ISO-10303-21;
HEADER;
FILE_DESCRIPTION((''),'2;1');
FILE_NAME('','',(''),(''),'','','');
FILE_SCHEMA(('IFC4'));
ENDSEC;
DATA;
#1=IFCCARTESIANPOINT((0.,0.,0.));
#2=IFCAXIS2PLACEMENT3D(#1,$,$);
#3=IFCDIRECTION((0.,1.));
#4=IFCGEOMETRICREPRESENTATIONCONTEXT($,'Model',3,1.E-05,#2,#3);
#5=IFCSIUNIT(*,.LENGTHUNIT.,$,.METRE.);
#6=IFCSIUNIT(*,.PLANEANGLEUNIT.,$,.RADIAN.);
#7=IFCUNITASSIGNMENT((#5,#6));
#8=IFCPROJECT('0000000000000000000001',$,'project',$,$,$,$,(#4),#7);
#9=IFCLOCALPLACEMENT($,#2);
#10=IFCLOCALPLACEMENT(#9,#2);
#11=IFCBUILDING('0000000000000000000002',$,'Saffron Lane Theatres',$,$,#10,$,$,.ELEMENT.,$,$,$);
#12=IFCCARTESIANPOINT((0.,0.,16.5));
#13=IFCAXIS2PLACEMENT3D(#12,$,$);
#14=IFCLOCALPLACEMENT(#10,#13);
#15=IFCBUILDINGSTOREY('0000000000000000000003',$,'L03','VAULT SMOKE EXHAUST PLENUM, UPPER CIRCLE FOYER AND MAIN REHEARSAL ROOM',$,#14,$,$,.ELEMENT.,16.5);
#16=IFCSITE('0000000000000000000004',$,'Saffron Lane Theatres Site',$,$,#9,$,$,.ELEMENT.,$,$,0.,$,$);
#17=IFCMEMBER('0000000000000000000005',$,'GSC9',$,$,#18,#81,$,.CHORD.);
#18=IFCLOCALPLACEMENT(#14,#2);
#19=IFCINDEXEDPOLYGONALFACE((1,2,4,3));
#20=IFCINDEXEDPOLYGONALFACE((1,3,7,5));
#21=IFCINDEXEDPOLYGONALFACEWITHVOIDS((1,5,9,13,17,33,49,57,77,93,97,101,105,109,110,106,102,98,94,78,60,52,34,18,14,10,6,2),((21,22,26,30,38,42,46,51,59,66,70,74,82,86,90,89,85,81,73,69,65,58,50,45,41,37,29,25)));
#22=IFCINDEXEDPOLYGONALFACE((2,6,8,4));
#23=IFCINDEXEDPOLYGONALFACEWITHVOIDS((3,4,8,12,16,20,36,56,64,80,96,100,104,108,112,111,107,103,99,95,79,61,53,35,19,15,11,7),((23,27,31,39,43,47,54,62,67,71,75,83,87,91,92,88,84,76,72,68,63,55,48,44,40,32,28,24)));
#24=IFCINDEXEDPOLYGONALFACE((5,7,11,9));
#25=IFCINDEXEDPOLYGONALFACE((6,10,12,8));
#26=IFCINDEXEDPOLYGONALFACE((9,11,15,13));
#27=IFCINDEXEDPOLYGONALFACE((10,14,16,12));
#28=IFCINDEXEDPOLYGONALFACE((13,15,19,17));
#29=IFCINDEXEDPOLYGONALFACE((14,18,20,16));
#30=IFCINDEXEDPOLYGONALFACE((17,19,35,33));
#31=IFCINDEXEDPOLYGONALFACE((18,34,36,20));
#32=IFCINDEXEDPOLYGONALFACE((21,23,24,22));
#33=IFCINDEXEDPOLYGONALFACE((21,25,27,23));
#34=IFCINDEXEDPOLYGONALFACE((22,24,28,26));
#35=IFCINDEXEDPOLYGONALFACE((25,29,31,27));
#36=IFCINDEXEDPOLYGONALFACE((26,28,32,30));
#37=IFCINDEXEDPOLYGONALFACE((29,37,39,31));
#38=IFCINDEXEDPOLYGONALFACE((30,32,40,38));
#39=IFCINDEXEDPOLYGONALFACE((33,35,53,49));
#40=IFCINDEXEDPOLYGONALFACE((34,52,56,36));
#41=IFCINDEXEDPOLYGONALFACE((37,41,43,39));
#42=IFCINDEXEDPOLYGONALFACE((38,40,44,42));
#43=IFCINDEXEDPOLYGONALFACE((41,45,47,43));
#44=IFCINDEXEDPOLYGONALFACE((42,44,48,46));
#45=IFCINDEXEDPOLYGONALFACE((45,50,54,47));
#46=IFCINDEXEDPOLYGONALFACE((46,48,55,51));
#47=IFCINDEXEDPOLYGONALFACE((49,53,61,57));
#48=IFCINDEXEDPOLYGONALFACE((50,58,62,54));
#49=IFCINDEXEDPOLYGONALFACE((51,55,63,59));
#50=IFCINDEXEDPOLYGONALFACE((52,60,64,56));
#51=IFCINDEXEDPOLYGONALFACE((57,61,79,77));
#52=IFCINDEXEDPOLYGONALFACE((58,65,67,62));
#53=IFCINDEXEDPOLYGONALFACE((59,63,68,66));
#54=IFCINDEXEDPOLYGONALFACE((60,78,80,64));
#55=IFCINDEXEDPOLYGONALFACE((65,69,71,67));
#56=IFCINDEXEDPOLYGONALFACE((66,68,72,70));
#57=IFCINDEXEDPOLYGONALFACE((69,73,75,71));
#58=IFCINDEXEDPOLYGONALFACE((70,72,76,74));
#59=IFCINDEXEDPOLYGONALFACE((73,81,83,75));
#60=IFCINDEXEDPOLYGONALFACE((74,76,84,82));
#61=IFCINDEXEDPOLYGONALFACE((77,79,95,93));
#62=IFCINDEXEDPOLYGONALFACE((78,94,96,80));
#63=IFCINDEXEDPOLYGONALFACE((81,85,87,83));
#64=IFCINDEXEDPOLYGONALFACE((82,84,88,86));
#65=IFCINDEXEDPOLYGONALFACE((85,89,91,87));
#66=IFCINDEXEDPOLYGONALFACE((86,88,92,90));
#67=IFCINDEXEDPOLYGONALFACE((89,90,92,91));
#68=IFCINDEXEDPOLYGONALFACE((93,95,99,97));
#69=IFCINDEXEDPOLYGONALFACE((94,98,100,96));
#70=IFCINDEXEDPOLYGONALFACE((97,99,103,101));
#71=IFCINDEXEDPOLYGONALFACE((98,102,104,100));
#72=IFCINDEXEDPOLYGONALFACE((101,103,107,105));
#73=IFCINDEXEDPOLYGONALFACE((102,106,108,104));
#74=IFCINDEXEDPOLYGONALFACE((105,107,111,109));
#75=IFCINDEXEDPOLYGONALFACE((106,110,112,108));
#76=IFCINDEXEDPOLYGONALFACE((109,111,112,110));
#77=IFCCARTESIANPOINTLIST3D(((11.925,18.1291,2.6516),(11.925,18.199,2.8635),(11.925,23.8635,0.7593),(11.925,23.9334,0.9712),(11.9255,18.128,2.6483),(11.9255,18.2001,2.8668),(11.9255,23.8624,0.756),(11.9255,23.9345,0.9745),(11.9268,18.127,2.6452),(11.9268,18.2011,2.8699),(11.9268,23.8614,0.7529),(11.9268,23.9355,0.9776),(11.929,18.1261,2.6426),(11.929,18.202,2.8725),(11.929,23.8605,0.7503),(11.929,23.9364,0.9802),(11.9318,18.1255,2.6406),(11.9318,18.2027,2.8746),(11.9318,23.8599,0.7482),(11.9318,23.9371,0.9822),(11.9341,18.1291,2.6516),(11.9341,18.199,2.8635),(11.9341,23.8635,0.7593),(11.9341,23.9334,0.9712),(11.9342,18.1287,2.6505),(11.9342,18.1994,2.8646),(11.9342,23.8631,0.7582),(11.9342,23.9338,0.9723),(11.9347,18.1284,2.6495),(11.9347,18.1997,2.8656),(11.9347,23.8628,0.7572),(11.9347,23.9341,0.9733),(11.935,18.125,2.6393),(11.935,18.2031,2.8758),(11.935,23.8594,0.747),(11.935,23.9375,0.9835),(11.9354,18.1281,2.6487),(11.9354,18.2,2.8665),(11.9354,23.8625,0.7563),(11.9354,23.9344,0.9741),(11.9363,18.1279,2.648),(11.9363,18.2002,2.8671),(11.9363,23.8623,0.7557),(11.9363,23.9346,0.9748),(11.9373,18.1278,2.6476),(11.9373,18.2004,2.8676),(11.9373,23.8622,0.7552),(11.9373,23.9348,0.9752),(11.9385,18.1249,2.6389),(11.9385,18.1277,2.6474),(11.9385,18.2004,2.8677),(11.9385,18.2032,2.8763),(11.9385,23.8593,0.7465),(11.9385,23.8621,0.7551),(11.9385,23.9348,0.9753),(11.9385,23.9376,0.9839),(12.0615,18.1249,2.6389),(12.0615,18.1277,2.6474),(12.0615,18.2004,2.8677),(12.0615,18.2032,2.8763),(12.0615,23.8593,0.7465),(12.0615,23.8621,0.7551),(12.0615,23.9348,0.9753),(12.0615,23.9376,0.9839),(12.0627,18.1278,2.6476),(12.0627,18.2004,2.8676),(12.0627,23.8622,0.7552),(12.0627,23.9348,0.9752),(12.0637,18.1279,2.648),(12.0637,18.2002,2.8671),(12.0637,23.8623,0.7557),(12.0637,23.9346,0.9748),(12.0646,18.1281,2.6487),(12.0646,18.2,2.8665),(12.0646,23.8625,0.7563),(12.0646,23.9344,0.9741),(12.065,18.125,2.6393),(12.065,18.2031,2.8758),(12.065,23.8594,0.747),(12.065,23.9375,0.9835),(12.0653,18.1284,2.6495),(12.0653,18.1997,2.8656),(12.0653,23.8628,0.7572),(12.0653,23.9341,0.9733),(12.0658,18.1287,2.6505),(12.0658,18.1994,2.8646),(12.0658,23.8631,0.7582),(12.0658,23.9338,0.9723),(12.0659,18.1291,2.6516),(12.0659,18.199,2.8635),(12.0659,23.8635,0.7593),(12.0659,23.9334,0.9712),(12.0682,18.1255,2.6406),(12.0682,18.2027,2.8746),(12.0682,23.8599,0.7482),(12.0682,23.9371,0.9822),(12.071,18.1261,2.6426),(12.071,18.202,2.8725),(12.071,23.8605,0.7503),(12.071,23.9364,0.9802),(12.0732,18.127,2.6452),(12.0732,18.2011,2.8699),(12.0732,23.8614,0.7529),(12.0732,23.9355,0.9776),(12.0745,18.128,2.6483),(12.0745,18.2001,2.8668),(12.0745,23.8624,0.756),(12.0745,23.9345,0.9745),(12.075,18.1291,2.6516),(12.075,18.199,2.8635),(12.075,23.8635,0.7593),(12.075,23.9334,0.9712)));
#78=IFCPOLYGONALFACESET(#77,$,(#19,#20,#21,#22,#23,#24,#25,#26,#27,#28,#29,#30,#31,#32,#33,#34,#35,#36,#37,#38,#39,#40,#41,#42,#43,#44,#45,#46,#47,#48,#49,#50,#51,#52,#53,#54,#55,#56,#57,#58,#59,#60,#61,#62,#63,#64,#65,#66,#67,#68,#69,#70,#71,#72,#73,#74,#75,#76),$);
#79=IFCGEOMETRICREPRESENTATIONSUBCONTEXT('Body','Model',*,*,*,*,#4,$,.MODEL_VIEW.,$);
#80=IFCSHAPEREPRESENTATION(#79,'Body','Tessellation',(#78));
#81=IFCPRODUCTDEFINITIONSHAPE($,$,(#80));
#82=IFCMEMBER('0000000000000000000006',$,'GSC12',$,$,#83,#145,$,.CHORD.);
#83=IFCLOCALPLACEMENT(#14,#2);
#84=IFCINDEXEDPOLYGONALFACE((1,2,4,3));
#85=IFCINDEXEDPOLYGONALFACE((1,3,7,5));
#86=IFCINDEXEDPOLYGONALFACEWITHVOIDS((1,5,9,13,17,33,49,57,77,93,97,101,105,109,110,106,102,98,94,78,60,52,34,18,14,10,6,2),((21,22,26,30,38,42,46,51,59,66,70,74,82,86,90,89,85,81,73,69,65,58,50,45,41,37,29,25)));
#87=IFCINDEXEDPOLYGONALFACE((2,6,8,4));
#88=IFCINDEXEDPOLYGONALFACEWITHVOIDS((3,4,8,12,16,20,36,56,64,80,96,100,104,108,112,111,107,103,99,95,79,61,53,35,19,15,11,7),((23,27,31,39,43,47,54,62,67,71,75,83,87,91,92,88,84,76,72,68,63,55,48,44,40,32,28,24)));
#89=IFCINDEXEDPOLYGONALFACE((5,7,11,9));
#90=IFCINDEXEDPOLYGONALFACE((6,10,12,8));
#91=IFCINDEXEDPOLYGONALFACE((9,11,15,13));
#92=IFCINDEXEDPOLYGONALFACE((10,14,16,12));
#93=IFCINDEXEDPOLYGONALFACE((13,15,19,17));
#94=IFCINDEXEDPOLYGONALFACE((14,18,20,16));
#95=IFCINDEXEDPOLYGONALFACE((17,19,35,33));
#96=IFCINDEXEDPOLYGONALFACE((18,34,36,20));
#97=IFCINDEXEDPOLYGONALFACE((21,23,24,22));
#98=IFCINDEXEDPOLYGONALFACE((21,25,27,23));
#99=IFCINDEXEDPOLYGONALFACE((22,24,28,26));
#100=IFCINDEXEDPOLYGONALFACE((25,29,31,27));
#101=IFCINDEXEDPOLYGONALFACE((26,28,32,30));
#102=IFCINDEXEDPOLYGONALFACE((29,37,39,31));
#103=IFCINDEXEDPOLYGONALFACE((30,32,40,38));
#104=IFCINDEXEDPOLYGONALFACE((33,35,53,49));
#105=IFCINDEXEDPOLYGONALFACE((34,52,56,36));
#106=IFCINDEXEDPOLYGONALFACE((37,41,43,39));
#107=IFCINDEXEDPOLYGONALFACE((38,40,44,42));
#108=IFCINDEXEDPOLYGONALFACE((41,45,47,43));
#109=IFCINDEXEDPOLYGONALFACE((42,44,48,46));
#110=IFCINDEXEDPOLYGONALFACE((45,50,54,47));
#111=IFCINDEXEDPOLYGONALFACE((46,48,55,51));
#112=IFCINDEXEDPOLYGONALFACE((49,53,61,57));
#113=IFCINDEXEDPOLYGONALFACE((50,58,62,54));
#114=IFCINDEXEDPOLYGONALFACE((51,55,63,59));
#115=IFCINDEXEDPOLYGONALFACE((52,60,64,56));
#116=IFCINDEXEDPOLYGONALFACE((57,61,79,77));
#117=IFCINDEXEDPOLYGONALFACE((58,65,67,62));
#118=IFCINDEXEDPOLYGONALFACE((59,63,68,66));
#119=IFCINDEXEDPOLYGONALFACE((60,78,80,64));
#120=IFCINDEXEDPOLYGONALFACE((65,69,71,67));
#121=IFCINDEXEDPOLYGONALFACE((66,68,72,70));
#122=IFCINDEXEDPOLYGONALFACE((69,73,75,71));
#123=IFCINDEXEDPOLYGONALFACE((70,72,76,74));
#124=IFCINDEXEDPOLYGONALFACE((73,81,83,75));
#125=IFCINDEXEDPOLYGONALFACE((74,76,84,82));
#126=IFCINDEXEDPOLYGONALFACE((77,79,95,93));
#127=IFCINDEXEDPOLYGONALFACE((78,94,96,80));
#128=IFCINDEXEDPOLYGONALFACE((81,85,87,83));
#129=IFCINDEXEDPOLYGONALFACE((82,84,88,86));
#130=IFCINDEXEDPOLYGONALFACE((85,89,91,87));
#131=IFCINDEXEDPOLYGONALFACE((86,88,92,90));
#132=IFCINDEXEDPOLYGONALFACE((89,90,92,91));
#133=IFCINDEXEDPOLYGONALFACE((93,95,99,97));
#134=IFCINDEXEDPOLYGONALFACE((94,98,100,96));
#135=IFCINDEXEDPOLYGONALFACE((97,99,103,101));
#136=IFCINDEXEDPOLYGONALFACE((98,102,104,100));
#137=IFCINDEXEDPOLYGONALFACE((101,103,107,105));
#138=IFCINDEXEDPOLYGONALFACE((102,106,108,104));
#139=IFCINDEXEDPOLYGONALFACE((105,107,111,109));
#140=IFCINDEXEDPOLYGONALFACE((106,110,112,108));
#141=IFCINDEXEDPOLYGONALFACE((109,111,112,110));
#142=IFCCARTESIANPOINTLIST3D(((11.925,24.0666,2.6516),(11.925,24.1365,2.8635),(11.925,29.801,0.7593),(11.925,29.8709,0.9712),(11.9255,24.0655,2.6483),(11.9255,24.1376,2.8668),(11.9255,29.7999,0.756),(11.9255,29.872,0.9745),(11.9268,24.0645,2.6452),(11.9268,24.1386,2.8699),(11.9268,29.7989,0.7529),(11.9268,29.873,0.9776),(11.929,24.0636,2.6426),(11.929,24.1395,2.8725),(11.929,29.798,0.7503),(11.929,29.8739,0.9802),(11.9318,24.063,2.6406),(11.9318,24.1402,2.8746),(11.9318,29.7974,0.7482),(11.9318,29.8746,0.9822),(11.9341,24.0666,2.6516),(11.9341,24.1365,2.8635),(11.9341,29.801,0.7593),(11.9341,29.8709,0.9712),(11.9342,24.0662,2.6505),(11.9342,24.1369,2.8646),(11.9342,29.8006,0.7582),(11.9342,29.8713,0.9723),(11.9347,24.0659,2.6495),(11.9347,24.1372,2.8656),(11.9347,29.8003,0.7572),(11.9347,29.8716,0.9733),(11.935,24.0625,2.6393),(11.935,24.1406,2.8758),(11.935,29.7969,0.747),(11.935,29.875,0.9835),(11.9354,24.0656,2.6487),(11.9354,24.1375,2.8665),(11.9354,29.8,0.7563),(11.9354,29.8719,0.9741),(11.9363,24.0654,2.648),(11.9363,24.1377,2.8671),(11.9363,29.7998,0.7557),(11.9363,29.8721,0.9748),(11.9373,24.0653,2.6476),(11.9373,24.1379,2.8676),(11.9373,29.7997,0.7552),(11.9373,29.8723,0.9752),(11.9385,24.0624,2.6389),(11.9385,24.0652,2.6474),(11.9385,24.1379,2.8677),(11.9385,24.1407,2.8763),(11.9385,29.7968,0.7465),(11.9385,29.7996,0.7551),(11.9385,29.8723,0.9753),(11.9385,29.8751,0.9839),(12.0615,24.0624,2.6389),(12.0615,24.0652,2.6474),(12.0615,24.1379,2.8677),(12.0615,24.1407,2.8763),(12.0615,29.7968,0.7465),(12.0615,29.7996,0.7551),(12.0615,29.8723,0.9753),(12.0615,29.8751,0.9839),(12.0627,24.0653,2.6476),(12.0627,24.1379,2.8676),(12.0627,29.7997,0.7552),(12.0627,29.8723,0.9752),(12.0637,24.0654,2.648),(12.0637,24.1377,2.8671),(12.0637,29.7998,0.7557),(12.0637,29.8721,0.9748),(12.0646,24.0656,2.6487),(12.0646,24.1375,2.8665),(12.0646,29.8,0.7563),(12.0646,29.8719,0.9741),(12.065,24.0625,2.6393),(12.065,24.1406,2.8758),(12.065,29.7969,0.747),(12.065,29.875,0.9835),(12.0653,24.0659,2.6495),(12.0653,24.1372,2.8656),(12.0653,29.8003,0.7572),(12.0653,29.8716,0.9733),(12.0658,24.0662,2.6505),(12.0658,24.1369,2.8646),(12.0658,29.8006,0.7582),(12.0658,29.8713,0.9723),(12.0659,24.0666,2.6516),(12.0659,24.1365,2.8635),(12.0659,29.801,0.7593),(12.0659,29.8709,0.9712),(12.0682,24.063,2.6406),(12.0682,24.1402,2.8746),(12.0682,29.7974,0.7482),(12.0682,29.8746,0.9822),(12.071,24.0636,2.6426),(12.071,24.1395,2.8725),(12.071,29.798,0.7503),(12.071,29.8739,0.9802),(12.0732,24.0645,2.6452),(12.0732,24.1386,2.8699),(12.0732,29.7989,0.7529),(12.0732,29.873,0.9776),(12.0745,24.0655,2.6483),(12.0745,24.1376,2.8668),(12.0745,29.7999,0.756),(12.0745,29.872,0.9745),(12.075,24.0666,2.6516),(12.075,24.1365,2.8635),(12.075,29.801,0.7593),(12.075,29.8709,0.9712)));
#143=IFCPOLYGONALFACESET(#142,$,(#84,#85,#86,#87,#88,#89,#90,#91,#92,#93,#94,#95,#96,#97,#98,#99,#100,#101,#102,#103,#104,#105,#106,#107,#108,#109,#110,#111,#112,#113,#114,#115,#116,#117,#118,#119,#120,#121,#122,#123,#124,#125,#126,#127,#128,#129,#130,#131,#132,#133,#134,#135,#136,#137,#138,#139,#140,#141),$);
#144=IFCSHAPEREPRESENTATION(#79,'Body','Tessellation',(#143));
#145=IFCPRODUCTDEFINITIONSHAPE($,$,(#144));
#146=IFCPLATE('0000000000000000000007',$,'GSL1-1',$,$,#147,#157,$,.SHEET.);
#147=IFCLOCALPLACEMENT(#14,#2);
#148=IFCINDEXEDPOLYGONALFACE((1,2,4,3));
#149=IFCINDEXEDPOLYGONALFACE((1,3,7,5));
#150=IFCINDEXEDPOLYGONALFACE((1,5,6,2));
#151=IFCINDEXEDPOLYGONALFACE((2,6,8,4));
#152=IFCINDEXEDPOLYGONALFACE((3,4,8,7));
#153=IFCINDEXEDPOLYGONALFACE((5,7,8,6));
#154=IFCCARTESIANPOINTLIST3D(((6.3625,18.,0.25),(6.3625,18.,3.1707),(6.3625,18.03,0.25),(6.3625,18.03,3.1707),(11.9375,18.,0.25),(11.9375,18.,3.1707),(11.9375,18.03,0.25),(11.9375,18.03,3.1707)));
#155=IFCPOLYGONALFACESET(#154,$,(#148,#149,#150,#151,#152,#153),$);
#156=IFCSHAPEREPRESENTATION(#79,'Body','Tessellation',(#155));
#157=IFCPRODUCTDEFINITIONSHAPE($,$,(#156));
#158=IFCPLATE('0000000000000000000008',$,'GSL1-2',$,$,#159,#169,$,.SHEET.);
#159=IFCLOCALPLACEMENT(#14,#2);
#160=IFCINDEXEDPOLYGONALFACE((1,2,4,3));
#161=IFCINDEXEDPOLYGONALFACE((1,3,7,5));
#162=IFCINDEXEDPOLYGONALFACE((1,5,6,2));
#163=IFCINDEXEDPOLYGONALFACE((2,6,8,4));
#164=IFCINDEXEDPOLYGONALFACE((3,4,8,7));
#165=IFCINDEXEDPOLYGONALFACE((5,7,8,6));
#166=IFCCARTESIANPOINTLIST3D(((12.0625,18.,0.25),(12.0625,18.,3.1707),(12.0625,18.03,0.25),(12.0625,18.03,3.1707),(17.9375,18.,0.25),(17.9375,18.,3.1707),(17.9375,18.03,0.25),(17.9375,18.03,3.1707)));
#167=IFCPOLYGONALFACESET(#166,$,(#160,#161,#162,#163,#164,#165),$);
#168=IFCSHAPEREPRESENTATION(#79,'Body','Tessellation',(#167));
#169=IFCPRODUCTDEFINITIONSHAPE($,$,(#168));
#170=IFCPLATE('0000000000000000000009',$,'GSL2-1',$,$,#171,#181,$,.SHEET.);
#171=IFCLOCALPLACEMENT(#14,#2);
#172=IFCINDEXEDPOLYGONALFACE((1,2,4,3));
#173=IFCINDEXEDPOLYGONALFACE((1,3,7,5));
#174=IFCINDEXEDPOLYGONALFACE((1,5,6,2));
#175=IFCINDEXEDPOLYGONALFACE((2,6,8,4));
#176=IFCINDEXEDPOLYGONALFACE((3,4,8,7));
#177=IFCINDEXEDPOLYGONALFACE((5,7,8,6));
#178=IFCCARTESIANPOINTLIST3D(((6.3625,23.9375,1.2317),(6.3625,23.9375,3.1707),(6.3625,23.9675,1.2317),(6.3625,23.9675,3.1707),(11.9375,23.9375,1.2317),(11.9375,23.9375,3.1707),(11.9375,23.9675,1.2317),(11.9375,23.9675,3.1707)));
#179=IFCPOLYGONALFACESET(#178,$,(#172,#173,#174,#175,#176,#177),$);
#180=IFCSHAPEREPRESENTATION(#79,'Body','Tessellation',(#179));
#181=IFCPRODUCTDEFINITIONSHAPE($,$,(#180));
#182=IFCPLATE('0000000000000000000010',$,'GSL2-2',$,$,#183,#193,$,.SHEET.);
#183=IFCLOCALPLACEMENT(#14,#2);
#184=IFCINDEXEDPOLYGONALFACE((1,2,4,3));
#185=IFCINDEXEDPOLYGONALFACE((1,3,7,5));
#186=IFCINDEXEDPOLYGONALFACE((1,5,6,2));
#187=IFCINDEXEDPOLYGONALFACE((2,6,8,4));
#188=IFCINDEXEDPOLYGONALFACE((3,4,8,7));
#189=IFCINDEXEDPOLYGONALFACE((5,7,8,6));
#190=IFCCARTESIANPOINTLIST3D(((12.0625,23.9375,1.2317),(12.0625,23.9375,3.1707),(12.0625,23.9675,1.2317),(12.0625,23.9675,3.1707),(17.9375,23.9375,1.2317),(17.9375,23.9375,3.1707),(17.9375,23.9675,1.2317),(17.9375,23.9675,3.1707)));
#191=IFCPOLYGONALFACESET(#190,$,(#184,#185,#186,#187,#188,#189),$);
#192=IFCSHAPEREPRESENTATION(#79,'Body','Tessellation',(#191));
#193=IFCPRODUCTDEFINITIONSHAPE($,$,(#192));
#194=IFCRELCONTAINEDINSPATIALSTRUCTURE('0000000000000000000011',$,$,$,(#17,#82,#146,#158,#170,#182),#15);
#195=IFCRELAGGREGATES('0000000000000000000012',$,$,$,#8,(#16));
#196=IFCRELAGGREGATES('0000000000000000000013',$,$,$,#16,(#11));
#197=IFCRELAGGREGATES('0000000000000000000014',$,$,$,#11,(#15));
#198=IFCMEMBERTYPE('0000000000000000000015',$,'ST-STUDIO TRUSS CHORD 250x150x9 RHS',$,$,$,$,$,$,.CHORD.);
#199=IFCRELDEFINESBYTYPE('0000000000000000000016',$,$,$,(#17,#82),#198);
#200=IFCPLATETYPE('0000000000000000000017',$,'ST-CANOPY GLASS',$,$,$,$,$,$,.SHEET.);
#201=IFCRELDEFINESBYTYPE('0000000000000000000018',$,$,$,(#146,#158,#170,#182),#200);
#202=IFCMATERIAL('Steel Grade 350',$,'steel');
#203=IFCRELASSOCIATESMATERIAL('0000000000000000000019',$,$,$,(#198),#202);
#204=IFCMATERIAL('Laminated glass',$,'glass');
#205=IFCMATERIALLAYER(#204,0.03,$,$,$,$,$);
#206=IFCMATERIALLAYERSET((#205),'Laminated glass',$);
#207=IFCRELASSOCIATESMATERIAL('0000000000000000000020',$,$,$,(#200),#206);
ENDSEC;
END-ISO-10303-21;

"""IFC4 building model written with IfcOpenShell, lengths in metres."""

from ifc_helpers import new_model, si_unit, direction, frame, origin, origin_2d, place, context, subcontext, project, spatial, polyline, hollow_rectangle, outline, extrude, material, layer, layer_set, material_profile, profile_set, type_object, element, save


model = new_model("IFC4")

# Units and contexts
model_context = context("Model", 3, precision=1e-05, world=origin(), true_north=direction((0.0, 1.0)))
body_context = subcontext(model_context, "Body", "Model", "MODEL_VIEW")
ifc_project = project(units=[si_unit("LENGTHUNIT", "METRE"), si_unit("PLANEANGLEUNIT", "RADIAN")], contexts=[model_context])

# Site, building, storey
site_placement = place(None, origin())
site = spatial("IfcSite", under=ifc_project, at=site_placement, Name="Saffron Lane Theatres Site", CompositionType="ELEMENT", RefElevation=0.0)
building_placement = place(site_placement, origin())
building = spatial("IfcBuilding", under=site, at=building_placement, Name="Saffron Lane Theatres", CompositionType="ELEMENT")
storey_placement = place(building_placement, frame((0.0, 0.0, 16.5)))
storey = spatial("IfcBuildingStorey", under=building, at=storey_placement, Name="L03", Description="VAULT SMOKE EXHAUST PLENUM, UPPER CIRCLE FOYER AND MAIN REHEARSAL ROOM", CompositionType="ELEMENT", Elevation=16.5)

# Members
ifc_material_1 = material(Name="Steel Grade 350", Category="steel")
ifc_material_profile_1 = material_profile(ifc_material_1, hollow_rectangle(XDim=0.1499, YDim=0.25, WallThickness=0.009, InnerFilletRadius=0.0044, OuterFilletRadius=0.0134, at=origin_2d()))
ifc_profile_set_1 = profile_set([ifc_material_profile_1], Name="Steel Grade 350")
member_type_1 = type_object("IfcMemberType", Name="ST-STUDIO TRUSS CHORD 250x150x9 RHS", PredefinedType="CHORD", material=ifc_profile_set_1)
for number, where, z_axis, x_axis, name in (
    (1, (12.0, 18.1641, 2.7576), (0.0, 0.949629, -0.313376), (-1.0, 0.0, 0.0), "GSC9"),
    (2, (12.0, 24.1016, 2.7576), (0.0, 0.949629, -0.313376), (-1.0, 0.0, 0.0), "GSC12"),
):
    element("IfcMember", number, at=place(storey_placement, frame(where, z_axis=z_axis, x_axis=x_axis)), inside=storey, type_object=member_type_1, Name=name, PredefinedType="CHORD", context=body_context, shape_type="SweptSolid", body=[
        extrude(hollow_rectangle(XDim=0.1499, YDim=0.25, WallThickness=0.009, InnerFilletRadius=0.0044, OuterFilletRadius=0.0134, at=origin_2d()), origin(), (0.0, 0.0, 1.0), 6.0386),
    ])

# Plates
ifc_material_2 = material(Name="Laminated glass", Category="glass")
ifc_layer_1 = layer(ifc_material_2, 0.03)
ifc_layer_set_1 = layer_set([ifc_layer_1], Name="Laminated glass")
plate_type = type_object("IfcPlateType", Name="ST-CANOPY GLASS", PredefinedType="SHEET", material=ifc_layer_set_1)
plate_1_placement = place(storey_placement, frame((11.9375, 18.0, 0.25), z_axis=(0.0, -1.0, 0.0), x_axis=(0.0, 0.0, 1.0)))
element("IfcPlate", 3, at=plate_1_placement, inside=storey, type_object=plate_type, Name="GSL1-1", PredefinedType="SHEET", context=body_context, shape_type="SweptSolid", body=[
    extrude(outline(polyline([(0.0, 0.0), (2.9207, 0.0), (2.9207, 5.575), (0.0, 5.575), (0.0, 0.0)])), origin(), (0.0, 0.0, -1.0), 0.03),
])
plate_2_placement = place(storey_placement, frame((17.9375, 18.0, 0.25), z_axis=(0.0, -1.0, 0.0), x_axis=(0.0, 0.0, 1.0)))
element("IfcPlate", 4, at=plate_2_placement, inside=storey, type_object=plate_type, Name="GSL1-2", PredefinedType="SHEET", context=body_context, shape_type="SweptSolid", body=[
    extrude(outline(polyline([(0.0, 0.0), (2.9207, 0.0), (2.9207, 5.875), (0.0, 5.875), (0.0, 0.0)])), origin(), (0.0, 0.0, -1.0), 0.03),
])
plate_3_placement = place(storey_placement, frame((11.9375, 23.9375, 1.2317), z_axis=(0.0, -1.0, 0.0), x_axis=(0.0, 0.0, 1.0)))
element("IfcPlate", 5, at=plate_3_placement, inside=storey, type_object=plate_type, Name="GSL2-1", PredefinedType="SHEET", context=body_context, shape_type="SweptSolid", body=[
    extrude(outline(polyline([(0.0, 0.0), (1.939, 0.0), (1.939, 5.575), (0.0, 5.575), (0.0, 0.0)])), origin(), (0.0, 0.0, -1.0), 0.03),
])
plate_4_placement = place(storey_placement, frame((17.9375, 23.9375, 1.2317), z_axis=(0.0, -1.0, 0.0), x_axis=(0.0, 0.0, 1.0)))
element("IfcPlate", 6, at=plate_4_placement, inside=storey, type_object=plate_type, Name="GSL2-2", PredefinedType="SHEET", context=body_context, shape_type="SweptSolid", body=[
    extrude(outline(polyline([(0.0, 0.0), (1.939, 0.0), (1.939, 5.875), (0.0, 5.875), (0.0, 0.0)])), origin(), (0.0, 0.0, -1.0), 0.03),
])

save(model, "model.ifc")
